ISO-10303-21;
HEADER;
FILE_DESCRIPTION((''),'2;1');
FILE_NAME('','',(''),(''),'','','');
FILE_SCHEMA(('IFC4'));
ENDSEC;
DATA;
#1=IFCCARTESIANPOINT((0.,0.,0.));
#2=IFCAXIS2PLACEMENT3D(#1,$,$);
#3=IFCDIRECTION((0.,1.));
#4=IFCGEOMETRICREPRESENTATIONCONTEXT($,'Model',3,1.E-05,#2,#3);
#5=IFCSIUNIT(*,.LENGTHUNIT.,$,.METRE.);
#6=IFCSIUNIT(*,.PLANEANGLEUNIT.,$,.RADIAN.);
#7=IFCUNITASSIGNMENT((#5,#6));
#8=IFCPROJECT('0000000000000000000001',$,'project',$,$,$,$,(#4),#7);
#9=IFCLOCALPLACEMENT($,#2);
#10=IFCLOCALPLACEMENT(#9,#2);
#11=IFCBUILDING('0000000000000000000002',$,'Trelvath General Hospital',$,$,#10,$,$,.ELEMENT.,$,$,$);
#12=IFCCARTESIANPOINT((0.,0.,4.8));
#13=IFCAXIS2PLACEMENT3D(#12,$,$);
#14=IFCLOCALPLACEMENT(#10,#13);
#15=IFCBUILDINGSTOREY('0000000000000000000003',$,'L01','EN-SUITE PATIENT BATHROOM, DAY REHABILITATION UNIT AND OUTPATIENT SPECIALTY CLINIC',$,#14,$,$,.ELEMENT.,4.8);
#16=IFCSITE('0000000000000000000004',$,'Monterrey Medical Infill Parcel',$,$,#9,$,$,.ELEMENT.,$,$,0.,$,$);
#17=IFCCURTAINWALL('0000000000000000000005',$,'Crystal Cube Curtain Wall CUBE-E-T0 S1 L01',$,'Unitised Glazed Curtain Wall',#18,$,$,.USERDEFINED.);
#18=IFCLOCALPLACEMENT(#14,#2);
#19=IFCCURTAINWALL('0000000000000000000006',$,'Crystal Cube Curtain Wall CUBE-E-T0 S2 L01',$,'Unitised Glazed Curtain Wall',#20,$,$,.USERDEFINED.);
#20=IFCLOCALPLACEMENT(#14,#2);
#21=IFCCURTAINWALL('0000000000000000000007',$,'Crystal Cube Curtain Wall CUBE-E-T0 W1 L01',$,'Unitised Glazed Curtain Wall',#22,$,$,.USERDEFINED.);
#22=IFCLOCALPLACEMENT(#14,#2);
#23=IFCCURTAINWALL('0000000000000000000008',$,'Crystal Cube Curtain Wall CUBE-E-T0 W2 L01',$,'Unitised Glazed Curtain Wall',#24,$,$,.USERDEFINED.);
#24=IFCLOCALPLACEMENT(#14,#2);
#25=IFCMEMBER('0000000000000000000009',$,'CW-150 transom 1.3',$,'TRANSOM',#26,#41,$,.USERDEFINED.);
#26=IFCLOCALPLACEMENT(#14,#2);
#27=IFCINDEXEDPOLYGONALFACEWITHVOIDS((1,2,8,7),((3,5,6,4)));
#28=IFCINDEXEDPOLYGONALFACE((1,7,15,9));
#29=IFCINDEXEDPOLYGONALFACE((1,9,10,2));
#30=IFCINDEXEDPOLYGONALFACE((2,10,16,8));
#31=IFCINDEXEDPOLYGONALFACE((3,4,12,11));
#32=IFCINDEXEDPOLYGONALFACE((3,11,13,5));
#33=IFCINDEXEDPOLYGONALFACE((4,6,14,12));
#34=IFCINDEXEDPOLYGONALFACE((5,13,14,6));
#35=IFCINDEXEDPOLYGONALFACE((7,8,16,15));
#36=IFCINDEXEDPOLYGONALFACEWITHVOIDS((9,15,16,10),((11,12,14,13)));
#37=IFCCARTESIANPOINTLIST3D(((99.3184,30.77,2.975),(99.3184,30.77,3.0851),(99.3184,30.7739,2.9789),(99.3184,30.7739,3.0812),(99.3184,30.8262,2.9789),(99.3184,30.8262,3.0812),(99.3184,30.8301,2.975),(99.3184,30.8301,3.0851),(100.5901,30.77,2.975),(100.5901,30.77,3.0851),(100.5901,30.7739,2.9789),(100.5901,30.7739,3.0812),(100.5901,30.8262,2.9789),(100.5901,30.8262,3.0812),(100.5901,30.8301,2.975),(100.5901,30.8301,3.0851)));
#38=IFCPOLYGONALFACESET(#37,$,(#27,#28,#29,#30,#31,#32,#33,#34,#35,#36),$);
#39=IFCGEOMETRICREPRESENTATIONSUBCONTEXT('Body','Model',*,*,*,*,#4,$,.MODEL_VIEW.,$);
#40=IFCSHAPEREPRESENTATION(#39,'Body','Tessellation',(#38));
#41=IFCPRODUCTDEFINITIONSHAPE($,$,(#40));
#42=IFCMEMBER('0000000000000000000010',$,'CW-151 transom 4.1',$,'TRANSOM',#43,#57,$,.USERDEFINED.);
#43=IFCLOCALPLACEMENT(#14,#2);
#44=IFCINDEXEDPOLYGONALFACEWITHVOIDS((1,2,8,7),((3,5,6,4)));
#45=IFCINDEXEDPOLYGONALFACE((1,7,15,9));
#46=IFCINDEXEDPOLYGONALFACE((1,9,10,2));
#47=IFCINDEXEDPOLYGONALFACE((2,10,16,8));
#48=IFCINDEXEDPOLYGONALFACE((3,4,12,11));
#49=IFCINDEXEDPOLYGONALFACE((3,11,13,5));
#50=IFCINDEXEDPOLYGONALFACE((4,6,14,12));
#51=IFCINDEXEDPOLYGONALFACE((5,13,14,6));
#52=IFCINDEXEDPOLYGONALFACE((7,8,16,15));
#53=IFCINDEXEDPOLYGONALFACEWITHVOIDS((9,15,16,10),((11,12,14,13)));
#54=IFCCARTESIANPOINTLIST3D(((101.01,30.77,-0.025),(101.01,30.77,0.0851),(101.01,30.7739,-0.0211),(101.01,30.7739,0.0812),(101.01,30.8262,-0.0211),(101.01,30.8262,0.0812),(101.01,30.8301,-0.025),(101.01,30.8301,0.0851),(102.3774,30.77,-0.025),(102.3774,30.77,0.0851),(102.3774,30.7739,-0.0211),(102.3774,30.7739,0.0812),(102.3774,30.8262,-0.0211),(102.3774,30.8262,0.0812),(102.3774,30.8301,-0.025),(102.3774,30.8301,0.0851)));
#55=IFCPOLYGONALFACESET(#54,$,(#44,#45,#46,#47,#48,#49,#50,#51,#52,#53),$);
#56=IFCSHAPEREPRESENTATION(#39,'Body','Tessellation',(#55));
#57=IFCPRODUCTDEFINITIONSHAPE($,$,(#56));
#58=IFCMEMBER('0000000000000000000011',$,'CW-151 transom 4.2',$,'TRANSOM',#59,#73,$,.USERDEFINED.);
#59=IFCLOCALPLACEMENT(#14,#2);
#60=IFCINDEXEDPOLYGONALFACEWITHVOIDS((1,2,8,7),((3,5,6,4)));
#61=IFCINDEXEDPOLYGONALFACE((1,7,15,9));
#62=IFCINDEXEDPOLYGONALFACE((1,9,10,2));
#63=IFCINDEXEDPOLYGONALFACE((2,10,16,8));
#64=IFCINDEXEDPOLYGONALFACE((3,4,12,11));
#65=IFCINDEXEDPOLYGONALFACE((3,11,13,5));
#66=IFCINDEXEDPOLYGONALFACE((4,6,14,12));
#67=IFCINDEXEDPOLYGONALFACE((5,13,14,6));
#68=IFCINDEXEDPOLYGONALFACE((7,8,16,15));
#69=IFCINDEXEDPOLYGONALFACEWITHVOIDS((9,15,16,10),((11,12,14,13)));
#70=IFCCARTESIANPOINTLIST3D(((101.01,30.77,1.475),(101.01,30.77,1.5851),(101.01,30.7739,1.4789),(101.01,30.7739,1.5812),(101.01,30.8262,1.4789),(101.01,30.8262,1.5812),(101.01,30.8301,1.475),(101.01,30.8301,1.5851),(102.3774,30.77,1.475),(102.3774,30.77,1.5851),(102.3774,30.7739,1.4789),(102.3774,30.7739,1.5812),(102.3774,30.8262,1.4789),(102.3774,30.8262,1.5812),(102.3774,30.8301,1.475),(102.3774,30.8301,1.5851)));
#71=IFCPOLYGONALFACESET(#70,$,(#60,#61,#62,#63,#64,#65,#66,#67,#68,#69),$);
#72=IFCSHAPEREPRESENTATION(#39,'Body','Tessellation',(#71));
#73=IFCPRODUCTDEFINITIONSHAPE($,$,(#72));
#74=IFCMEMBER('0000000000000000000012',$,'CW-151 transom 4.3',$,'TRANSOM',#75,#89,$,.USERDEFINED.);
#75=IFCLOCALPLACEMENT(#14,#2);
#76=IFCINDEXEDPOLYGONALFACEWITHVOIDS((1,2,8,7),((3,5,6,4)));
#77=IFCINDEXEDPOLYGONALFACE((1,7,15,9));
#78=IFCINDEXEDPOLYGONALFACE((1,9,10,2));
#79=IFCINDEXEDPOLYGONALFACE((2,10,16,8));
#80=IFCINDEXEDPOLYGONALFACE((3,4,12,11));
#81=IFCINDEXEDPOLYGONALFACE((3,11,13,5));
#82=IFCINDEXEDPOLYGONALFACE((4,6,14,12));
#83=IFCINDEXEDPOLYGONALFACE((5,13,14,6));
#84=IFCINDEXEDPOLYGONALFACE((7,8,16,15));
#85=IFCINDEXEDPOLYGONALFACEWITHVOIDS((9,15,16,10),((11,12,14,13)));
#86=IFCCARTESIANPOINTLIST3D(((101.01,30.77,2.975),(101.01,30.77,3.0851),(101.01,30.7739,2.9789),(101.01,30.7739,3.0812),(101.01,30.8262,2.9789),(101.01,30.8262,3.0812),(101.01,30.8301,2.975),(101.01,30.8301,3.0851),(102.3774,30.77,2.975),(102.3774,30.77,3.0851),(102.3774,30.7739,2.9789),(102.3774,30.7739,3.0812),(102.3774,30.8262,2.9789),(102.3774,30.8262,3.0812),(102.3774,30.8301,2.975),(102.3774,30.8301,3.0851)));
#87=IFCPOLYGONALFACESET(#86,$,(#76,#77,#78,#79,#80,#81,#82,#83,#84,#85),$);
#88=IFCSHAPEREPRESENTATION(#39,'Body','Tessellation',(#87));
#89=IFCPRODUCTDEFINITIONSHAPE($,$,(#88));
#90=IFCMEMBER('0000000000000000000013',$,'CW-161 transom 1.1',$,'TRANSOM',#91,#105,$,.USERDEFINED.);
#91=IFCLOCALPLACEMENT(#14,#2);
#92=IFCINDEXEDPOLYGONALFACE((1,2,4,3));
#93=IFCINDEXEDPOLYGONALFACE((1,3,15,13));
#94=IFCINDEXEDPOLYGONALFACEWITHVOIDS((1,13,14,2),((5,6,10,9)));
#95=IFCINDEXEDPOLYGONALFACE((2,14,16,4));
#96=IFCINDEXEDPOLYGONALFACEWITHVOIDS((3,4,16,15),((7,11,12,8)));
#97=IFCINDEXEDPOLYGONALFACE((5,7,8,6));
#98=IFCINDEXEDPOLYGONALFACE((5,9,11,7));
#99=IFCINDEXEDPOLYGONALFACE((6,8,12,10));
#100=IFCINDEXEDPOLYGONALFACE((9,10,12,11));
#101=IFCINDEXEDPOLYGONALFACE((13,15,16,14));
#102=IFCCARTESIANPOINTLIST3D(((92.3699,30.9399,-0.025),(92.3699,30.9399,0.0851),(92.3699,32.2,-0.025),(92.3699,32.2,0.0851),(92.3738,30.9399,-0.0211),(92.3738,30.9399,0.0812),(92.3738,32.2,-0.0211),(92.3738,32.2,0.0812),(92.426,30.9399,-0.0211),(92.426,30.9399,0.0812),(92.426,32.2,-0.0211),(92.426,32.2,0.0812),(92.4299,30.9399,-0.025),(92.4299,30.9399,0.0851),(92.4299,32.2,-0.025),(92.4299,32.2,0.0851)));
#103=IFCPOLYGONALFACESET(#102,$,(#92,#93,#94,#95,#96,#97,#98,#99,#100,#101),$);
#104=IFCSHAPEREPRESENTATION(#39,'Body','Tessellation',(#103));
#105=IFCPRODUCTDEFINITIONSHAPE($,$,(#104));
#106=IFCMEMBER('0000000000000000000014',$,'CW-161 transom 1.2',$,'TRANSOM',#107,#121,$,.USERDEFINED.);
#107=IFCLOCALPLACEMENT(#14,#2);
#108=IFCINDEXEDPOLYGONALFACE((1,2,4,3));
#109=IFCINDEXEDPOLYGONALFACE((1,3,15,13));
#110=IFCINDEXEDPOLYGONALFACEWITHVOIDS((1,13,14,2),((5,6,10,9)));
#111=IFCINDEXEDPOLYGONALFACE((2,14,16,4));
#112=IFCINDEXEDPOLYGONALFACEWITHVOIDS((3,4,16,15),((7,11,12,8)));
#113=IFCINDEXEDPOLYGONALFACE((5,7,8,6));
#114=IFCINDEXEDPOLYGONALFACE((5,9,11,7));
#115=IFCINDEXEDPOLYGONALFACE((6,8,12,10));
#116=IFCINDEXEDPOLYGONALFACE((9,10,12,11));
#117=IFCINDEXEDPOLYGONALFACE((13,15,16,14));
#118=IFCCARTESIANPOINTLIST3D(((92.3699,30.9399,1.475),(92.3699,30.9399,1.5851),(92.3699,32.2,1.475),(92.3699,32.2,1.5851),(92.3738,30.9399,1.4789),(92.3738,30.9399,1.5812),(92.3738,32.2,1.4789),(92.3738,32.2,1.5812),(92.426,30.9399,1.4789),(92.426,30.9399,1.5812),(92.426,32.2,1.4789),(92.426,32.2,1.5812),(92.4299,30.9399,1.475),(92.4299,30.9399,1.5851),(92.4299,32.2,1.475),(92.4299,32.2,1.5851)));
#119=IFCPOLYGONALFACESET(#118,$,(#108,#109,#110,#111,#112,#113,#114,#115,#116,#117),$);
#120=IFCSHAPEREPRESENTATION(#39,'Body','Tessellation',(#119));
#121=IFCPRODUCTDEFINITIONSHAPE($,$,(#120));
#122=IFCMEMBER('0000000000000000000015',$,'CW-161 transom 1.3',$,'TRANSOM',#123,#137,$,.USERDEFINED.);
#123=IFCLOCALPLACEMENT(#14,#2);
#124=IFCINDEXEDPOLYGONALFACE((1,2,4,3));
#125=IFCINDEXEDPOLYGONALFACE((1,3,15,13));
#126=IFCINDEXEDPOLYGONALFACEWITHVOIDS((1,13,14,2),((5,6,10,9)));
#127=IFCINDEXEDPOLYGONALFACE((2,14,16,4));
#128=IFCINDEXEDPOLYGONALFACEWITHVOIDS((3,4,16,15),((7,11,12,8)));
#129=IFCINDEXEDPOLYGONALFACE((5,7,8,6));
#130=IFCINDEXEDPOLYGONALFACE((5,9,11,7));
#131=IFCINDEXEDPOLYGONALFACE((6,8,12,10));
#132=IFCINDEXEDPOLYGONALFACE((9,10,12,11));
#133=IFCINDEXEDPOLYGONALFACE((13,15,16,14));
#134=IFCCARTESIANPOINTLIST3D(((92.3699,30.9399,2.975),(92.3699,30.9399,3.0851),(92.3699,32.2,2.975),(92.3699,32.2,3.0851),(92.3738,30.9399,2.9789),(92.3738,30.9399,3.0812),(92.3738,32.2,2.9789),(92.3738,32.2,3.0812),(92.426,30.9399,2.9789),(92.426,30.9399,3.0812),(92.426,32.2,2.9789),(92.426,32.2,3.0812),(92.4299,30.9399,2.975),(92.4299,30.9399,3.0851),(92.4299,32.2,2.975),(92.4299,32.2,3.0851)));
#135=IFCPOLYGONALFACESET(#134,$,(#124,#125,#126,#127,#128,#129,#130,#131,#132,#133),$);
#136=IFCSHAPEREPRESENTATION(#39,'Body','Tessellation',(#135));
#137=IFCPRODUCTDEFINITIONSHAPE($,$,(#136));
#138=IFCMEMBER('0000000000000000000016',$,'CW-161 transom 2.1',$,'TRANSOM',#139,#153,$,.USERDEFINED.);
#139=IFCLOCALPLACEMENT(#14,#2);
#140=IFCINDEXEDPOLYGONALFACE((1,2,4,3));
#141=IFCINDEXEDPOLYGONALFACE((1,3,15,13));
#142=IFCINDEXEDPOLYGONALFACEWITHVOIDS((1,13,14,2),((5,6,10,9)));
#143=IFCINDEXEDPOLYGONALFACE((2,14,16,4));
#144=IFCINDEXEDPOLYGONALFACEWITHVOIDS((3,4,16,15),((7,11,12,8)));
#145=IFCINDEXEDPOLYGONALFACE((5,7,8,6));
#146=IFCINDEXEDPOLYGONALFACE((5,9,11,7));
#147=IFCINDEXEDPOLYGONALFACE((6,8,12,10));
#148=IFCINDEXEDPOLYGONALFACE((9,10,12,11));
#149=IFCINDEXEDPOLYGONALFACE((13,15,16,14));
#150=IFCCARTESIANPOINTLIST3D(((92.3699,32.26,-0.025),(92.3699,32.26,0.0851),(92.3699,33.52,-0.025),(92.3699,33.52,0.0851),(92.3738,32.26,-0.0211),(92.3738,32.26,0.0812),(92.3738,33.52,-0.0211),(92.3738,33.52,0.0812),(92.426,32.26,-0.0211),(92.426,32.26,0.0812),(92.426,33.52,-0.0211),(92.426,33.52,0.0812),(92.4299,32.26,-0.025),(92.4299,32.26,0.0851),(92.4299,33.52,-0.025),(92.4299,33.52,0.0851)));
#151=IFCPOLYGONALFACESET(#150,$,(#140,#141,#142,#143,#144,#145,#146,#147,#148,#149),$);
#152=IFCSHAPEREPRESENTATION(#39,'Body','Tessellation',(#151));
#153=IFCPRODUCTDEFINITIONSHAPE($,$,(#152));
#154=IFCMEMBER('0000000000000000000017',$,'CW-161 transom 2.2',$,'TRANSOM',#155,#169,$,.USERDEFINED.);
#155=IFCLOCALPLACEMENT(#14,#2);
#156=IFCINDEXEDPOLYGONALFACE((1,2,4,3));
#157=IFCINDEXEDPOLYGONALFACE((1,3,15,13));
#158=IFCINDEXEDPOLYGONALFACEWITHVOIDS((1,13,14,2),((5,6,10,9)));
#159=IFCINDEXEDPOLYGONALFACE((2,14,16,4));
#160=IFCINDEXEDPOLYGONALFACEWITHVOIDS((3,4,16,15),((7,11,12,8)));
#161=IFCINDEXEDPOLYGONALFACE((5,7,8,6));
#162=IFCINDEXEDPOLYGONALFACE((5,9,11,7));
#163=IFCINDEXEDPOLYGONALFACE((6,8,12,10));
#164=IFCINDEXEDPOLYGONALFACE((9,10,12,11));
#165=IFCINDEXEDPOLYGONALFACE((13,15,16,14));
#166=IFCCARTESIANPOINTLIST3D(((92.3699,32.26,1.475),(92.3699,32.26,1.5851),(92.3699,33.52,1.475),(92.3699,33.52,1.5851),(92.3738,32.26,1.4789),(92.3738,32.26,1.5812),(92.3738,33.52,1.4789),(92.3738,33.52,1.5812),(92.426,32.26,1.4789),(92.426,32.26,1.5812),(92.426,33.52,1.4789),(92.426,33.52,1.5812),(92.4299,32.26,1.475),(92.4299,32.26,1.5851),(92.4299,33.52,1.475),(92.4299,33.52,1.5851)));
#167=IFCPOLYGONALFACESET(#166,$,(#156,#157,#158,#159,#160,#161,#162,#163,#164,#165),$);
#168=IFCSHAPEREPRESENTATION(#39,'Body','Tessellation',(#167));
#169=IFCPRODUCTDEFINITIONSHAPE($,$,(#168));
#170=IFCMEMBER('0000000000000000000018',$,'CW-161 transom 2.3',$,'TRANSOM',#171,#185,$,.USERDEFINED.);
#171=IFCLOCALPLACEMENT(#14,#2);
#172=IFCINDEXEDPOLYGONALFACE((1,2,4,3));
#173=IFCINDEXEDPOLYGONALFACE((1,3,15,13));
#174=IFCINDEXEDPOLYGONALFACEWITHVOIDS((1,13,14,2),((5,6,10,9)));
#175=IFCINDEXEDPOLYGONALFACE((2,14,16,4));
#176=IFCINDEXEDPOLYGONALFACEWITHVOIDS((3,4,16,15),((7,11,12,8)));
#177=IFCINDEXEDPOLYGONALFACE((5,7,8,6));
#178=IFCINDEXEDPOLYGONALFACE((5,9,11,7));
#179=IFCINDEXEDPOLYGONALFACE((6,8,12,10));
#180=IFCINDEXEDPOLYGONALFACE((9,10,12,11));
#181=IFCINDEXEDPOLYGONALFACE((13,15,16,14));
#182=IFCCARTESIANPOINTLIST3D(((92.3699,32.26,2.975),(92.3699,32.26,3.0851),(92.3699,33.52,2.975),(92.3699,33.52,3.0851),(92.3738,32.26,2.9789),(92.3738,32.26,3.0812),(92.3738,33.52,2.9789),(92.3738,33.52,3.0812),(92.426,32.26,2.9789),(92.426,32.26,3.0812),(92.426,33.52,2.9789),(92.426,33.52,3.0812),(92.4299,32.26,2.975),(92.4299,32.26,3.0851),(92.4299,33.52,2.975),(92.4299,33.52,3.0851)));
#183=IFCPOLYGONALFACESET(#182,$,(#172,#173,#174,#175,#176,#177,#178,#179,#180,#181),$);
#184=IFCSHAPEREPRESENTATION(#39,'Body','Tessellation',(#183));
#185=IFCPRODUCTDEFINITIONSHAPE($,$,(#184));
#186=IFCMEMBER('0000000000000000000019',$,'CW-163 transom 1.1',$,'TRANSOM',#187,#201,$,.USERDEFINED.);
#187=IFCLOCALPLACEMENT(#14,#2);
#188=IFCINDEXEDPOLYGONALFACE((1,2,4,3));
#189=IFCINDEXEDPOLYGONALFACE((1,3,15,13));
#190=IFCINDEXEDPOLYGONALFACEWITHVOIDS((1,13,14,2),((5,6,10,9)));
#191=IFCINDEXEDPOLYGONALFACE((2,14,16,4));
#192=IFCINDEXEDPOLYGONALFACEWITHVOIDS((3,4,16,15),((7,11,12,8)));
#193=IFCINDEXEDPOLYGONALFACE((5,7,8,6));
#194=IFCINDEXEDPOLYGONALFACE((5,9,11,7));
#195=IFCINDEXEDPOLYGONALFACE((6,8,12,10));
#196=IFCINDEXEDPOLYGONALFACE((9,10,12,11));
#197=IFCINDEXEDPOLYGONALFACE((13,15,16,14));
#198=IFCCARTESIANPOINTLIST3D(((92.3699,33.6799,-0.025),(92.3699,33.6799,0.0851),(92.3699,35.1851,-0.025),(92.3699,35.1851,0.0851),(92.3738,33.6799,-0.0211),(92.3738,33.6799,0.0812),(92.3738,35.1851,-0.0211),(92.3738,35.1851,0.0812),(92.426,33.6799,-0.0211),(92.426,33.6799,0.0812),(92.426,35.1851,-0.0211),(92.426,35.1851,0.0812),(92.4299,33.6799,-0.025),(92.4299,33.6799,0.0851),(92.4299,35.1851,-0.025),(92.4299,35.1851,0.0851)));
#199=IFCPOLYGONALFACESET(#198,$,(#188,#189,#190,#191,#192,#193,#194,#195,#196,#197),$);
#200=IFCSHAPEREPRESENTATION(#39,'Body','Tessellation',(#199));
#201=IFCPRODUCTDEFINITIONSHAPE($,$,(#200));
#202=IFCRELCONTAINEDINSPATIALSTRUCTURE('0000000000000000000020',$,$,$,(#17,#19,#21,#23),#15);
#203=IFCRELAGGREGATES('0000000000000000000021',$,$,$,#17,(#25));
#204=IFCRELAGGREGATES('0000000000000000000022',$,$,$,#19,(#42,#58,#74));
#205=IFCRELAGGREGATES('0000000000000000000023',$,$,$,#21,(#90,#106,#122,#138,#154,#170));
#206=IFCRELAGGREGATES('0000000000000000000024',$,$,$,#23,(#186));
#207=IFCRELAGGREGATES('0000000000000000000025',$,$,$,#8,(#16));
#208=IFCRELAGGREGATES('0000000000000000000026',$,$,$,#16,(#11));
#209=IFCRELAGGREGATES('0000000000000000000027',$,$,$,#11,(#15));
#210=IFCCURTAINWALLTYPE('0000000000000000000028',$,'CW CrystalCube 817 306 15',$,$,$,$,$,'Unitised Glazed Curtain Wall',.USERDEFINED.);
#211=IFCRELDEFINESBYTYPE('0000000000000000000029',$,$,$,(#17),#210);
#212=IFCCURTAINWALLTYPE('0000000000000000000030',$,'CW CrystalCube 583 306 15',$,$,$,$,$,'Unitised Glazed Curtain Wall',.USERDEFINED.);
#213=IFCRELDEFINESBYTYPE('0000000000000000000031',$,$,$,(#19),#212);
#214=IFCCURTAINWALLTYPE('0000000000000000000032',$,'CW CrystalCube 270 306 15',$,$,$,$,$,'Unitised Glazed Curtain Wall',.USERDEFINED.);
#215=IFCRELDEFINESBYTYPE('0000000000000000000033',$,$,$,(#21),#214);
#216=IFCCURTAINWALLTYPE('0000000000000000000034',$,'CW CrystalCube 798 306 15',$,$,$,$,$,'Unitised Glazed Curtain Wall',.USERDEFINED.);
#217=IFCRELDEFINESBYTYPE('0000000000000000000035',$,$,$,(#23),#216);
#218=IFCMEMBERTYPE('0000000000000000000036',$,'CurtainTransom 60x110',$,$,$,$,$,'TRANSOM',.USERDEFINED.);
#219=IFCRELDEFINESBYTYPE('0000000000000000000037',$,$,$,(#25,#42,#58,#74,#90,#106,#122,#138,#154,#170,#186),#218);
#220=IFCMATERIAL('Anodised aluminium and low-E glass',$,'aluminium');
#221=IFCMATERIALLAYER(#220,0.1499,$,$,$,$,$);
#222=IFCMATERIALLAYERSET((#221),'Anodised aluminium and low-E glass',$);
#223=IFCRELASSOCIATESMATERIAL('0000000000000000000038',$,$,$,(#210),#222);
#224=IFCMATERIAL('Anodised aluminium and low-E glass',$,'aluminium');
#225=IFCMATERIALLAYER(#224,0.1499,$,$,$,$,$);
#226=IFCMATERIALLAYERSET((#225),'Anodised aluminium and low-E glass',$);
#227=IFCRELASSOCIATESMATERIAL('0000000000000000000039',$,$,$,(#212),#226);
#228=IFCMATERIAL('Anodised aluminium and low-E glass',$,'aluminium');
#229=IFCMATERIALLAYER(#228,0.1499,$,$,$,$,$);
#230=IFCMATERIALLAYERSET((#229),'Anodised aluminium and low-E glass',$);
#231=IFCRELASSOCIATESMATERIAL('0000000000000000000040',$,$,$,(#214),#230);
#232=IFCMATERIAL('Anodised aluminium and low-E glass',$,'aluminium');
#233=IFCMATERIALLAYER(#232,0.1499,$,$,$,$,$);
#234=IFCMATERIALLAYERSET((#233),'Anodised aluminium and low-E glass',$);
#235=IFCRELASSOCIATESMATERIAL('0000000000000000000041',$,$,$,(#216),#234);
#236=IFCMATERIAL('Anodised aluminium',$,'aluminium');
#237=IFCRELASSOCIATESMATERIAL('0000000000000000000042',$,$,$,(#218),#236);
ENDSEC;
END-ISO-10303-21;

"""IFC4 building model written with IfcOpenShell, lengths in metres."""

from ifc_helpers import new_model, si_unit, direction, frame, origin, origin_2d, place, context, subcontext, project, spatial, hollow_rectangle, extrude, material, layer, layer_set, material_profile, profile_set, type_object, element, aggregate, save


model = new_model("IFC4")

# Units and contexts
model_context = context("Model", 3, precision=1e-05, world=origin(), true_north=direction((0.0, 1.0)))
body_context = subcontext(model_context, "Body", "Model", "MODEL_VIEW")
ifc_project = project(units=[si_unit("LENGTHUNIT", "METRE"), si_unit("PLANEANGLEUNIT", "RADIAN")], contexts=[model_context])

# Site, building, storey
site_placement = place(None, origin())
site = spatial("IfcSite", under=ifc_project, at=site_placement, Name="Monterrey Medical Infill Parcel", CompositionType="ELEMENT", RefElevation=0.0)
building_placement = place(site_placement, origin())
building = spatial("IfcBuilding", under=site, at=building_placement, Name="Trelvath General Hospital", CompositionType="ELEMENT")
storey_placement = place(building_placement, frame((0.0, 0.0, 4.8)))
storey = spatial("IfcBuildingStorey", under=building, at=storey_placement, Name="L01", Description="EN-SUITE PATIENT BATHROOM, DAY REHABILITATION UNIT AND OUTPATIENT SPECIALTY CLINIC", CompositionType="ELEMENT", Elevation=4.8)

# Curtain walls
ifc_material_1 = material(Name="Anodised aluminium and low-E glass", Category="aluminium")
ifc_layer_1 = layer(ifc_material_1, 0.1499)
ifc_layer_set_1 = layer_set([ifc_layer_1], Name="Anodised aluminium and low-E glass")
curtain_wall_type_1 = type_object("IfcCurtainWallType", Name="CW CrystalCube 817 306 15", ElementType="Unitised Glazed Curtain Wall", PredefinedType="USERDEFINED", material=ifc_layer_set_1)
curtain_wall_1_placement = place(storey_placement, origin())
curtain_wall_1 = element("IfcCurtainWall", 1, at=curtain_wall_1_placement, inside=storey, type_object=curtain_wall_type_1, Name="Crystal Cube Curtain Wall CUBE-E-T0 S1 L01", ObjectType="Unitised Glazed Curtain Wall", PredefinedType="USERDEFINED")
ifc_material_2 = material(Name="Anodised aluminium and low-E glass", Category="aluminium")
ifc_layer_2 = layer(ifc_material_2, 0.1499)
ifc_layer_set_2 = layer_set([ifc_layer_2], Name="Anodised aluminium and low-E glass")
curtain_wall_type_2 = type_object("IfcCurtainWallType", Name="CW CrystalCube 583 306 15", ElementType="Unitised Glazed Curtain Wall", PredefinedType="USERDEFINED", material=ifc_layer_set_2)
curtain_wall_2_placement = place(storey_placement, origin())
curtain_wall_2 = element("IfcCurtainWall", 2, at=curtain_wall_2_placement, inside=storey, type_object=curtain_wall_type_2, Name="Crystal Cube Curtain Wall CUBE-E-T0 S2 L01", ObjectType="Unitised Glazed Curtain Wall", PredefinedType="USERDEFINED")

# Curtain walls
ifc_material_3 = material(Name="Anodised aluminium and low-E glass", Category="aluminium")
ifc_layer_3 = layer(ifc_material_3, 0.1499)
ifc_layer_set_3 = layer_set([ifc_layer_3], Name="Anodised aluminium and low-E glass")
curtain_wall_type_3 = type_object("IfcCurtainWallType", Name="CW CrystalCube 270 306 15", ElementType="Unitised Glazed Curtain Wall", PredefinedType="USERDEFINED", material=ifc_layer_set_3)
curtain_wall_3_placement = place(storey_placement, origin())
curtain_wall_3 = element("IfcCurtainWall", 3, at=curtain_wall_3_placement, inside=storey, type_object=curtain_wall_type_3, Name="Crystal Cube Curtain Wall CUBE-E-T0 W1 L01", ObjectType="Unitised Glazed Curtain Wall", PredefinedType="USERDEFINED")
ifc_material_4 = material(Name="Anodised aluminium and low-E glass", Category="aluminium")
ifc_layer_4 = layer(ifc_material_4, 0.1499)
ifc_layer_set_4 = layer_set([ifc_layer_4], Name="Anodised aluminium and low-E glass")
curtain_wall_type_4 = type_object("IfcCurtainWallType", Name="CW CrystalCube 798 306 15", ElementType="Unitised Glazed Curtain Wall", PredefinedType="USERDEFINED", material=ifc_layer_set_4)
curtain_wall_4_placement = place(storey_placement, origin())
curtain_wall_4 = element("IfcCurtainWall", 4, at=curtain_wall_4_placement, inside=storey, type_object=curtain_wall_type_4, Name="Crystal Cube Curtain Wall CUBE-E-T0 W2 L01", ObjectType="Unitised Glazed Curtain Wall", PredefinedType="USERDEFINED")

# Members
ifc_material_5 = material(Name="Anodised aluminium", Category="aluminium")
ifc_material_profile_1 = material_profile(ifc_material_5, hollow_rectangle(XDim=0.0601, YDim=0.1101, WallThickness=0.0039, at=origin_2d()), Name="RHS60x110x4")
ifc_profile_set_1 = profile_set([ifc_material_profile_1], Name="Anodised aluminium")
member_type_1 = type_object("IfcMemberType", Name="CurtainTransom 60x110", ElementType="TRANSOM", PredefinedType="USERDEFINED", material=ifc_profile_set_1)
member_1_placement = place(storey_placement, frame((100.5901, 30.8, 3.03), z_axis=(-1.0, 0.0, 0.0), x_axis=(0.0, -1.0, 0.0)))
member_1 = element("IfcMember", 5, at=member_1_placement, type_object=member_type_1, Name="CW-150 transom 1.3", ObjectType="TRANSOM", PredefinedType="USERDEFINED", context=body_context, shape_type="SweptSolid", body=[
    extrude(hollow_rectangle(XDim=0.0601, YDim=0.1101, WallThickness=0.0039, at=origin_2d()), origin(), (0.0, 0.0, 1.0), 1.2717),
])
member_2_placement = place(storey_placement, frame((102.3774, 30.8, 0.03), z_axis=(-1.0, 0.0, 0.0), x_axis=(0.0, -1.0, 0.0)))
member_2 = element("IfcMember", 6, at=member_2_placement, type_object=member_type_1, Name="CW-151 transom 4.1", ObjectType="TRANSOM", PredefinedType="USERDEFINED", context=body_context, shape_type="SweptSolid", body=[
    extrude(hollow_rectangle(XDim=0.0601, YDim=0.1101, WallThickness=0.0039, at=origin_2d()), origin(), (0.0, 0.0, 1.0), 1.3674),
])
member_3_placement = place(storey_placement, frame((102.3774, 30.8, 1.53), z_axis=(-1.0, 0.0, 0.0), x_axis=(0.0, -1.0, 0.0)))
member_3 = element("IfcMember", 7, at=member_3_placement, type_object=member_type_1, Name="CW-151 transom 4.2", ObjectType="TRANSOM", PredefinedType="USERDEFINED", context=body_context, shape_type="SweptSolid", body=[
    extrude(hollow_rectangle(XDim=0.0601, YDim=0.1101, WallThickness=0.0039, at=origin_2d()), origin(), (0.0, 0.0, 1.0), 1.3674),
])
member_4_placement = place(storey_placement, frame((102.3774, 30.8, 3.03), z_axis=(-1.0, 0.0, 0.0), x_axis=(0.0, -1.0, 0.0)))
member_4 = element("IfcMember", 8, at=member_4_placement, type_object=member_type_1, Name="CW-151 transom 4.3", ObjectType="TRANSOM", PredefinedType="USERDEFINED", context=body_context, shape_type="SweptSolid", body=[
    extrude(hollow_rectangle(XDim=0.0601, YDim=0.1101, WallThickness=0.0039, at=origin_2d()), origin(), (0.0, 0.0, 1.0), 1.3674),
])
member_5_placement = place(storey_placement, frame((92.3999, 30.9399, 0.03), z_axis=(0.0, 1.0, 0.0), x_axis=(-1.0, 0.0, 0.0)))
member_5 = element("IfcMember", 9, at=member_5_placement, type_object=member_type_1, Name="CW-161 transom 1.1", ObjectType="TRANSOM", PredefinedType="USERDEFINED", context=body_context, shape_type="SweptSolid", body=[
    extrude(hollow_rectangle(XDim=0.0601, YDim=0.1101, WallThickness=0.0039, at=origin_2d()), origin(), (0.0, 0.0, 1.0), 1.26),
])
member_6_placement = place(storey_placement, frame((92.3999, 30.9399, 1.53), z_axis=(0.0, 1.0, 0.0), x_axis=(-1.0, 0.0, 0.0)))
member_6 = element("IfcMember", 10, at=member_6_placement, type_object=member_type_1, Name="CW-161 transom 1.2", ObjectType="TRANSOM", PredefinedType="USERDEFINED", context=body_context, shape_type="SweptSolid", body=[
    extrude(hollow_rectangle(XDim=0.0601, YDim=0.1101, WallThickness=0.0039, at=origin_2d()), origin(), (0.0, 0.0, 1.0), 1.26),
])
member_7_placement = place(storey_placement, frame((92.3999, 30.9399, 3.03), z_axis=(0.0, 1.0, 0.0), x_axis=(-1.0, 0.0, 0.0)))
member_7 = element("IfcMember", 11, at=member_7_placement, type_object=member_type_1, Name="CW-161 transom 1.3", ObjectType="TRANSOM", PredefinedType="USERDEFINED", context=body_context, shape_type="SweptSolid", body=[
    extrude(hollow_rectangle(XDim=0.0601, YDim=0.1101, WallThickness=0.0039, at=origin_2d()), origin(), (0.0, 0.0, 1.0), 1.26),
])
member_8_placement = place(storey_placement, frame((92.3999, 32.26, 0.03), z_axis=(0.0, 1.0, 0.0), x_axis=(-1.0, 0.0, 0.0)))
member_8 = element("IfcMember", 12, at=member_8_placement, type_object=member_type_1, Name="CW-161 transom 2.1", ObjectType="TRANSOM", PredefinedType="USERDEFINED", context=body_context, shape_type="SweptSolid", body=[
    extrude(hollow_rectangle(XDim=0.0601, YDim=0.1101, WallThickness=0.0039, at=origin_2d()), origin(), (0.0, 0.0, 1.0), 1.26),
])
member_9_placement = place(storey_placement, frame((92.3999, 32.26, 1.53), z_axis=(0.0, 1.0, 0.0), x_axis=(-1.0, 0.0, 0.0)))
member_9 = element("IfcMember", 13, at=member_9_placement, type_object=member_type_1, Name="CW-161 transom 2.2", ObjectType="TRANSOM", PredefinedType="USERDEFINED", context=body_context, shape_type="SweptSolid", body=[
    extrude(hollow_rectangle(XDim=0.0601, YDim=0.1101, WallThickness=0.0039, at=origin_2d()), origin(), (0.0, 0.0, 1.0), 1.26),
])
member_10_placement = place(storey_placement, frame((92.3999, 32.26, 3.03), z_axis=(0.0, 1.0, 0.0), x_axis=(-1.0, 0.0, 0.0)))
member_10 = element("IfcMember", 14, at=member_10_placement, type_object=member_type_1, Name="CW-161 transom 2.3", ObjectType="TRANSOM", PredefinedType="USERDEFINED", context=body_context, shape_type="SweptSolid", body=[
    extrude(hollow_rectangle(XDim=0.0601, YDim=0.1101, WallThickness=0.0039, at=origin_2d()), origin(), (0.0, 0.0, 1.0), 1.26),
])
member_11_placement = place(storey_placement, frame((92.3999, 33.6799, 0.03), z_axis=(0.0, 1.0, 0.0), x_axis=(-1.0, 0.0, 0.0)))
member_11 = element("IfcMember", 15, at=member_11_placement, type_object=member_type_1, Name="CW-163 transom 1.1", ObjectType="TRANSOM", PredefinedType="USERDEFINED", context=body_context, shape_type="SweptSolid", body=[
    extrude(hollow_rectangle(XDim=0.0601, YDim=0.1101, WallThickness=0.0039, at=origin_2d()), origin(), (0.0, 0.0, 1.0), 1.5051),
])

aggregate(curtain_wall_1, [member_1])
aggregate(curtain_wall_2, [member_2, member_3, member_4])
aggregate(curtain_wall_3, [member_5, member_6, member_7, member_8, member_9, member_10])
aggregate(curtain_wall_4, [member_11])

save(model, "model.ifc")
